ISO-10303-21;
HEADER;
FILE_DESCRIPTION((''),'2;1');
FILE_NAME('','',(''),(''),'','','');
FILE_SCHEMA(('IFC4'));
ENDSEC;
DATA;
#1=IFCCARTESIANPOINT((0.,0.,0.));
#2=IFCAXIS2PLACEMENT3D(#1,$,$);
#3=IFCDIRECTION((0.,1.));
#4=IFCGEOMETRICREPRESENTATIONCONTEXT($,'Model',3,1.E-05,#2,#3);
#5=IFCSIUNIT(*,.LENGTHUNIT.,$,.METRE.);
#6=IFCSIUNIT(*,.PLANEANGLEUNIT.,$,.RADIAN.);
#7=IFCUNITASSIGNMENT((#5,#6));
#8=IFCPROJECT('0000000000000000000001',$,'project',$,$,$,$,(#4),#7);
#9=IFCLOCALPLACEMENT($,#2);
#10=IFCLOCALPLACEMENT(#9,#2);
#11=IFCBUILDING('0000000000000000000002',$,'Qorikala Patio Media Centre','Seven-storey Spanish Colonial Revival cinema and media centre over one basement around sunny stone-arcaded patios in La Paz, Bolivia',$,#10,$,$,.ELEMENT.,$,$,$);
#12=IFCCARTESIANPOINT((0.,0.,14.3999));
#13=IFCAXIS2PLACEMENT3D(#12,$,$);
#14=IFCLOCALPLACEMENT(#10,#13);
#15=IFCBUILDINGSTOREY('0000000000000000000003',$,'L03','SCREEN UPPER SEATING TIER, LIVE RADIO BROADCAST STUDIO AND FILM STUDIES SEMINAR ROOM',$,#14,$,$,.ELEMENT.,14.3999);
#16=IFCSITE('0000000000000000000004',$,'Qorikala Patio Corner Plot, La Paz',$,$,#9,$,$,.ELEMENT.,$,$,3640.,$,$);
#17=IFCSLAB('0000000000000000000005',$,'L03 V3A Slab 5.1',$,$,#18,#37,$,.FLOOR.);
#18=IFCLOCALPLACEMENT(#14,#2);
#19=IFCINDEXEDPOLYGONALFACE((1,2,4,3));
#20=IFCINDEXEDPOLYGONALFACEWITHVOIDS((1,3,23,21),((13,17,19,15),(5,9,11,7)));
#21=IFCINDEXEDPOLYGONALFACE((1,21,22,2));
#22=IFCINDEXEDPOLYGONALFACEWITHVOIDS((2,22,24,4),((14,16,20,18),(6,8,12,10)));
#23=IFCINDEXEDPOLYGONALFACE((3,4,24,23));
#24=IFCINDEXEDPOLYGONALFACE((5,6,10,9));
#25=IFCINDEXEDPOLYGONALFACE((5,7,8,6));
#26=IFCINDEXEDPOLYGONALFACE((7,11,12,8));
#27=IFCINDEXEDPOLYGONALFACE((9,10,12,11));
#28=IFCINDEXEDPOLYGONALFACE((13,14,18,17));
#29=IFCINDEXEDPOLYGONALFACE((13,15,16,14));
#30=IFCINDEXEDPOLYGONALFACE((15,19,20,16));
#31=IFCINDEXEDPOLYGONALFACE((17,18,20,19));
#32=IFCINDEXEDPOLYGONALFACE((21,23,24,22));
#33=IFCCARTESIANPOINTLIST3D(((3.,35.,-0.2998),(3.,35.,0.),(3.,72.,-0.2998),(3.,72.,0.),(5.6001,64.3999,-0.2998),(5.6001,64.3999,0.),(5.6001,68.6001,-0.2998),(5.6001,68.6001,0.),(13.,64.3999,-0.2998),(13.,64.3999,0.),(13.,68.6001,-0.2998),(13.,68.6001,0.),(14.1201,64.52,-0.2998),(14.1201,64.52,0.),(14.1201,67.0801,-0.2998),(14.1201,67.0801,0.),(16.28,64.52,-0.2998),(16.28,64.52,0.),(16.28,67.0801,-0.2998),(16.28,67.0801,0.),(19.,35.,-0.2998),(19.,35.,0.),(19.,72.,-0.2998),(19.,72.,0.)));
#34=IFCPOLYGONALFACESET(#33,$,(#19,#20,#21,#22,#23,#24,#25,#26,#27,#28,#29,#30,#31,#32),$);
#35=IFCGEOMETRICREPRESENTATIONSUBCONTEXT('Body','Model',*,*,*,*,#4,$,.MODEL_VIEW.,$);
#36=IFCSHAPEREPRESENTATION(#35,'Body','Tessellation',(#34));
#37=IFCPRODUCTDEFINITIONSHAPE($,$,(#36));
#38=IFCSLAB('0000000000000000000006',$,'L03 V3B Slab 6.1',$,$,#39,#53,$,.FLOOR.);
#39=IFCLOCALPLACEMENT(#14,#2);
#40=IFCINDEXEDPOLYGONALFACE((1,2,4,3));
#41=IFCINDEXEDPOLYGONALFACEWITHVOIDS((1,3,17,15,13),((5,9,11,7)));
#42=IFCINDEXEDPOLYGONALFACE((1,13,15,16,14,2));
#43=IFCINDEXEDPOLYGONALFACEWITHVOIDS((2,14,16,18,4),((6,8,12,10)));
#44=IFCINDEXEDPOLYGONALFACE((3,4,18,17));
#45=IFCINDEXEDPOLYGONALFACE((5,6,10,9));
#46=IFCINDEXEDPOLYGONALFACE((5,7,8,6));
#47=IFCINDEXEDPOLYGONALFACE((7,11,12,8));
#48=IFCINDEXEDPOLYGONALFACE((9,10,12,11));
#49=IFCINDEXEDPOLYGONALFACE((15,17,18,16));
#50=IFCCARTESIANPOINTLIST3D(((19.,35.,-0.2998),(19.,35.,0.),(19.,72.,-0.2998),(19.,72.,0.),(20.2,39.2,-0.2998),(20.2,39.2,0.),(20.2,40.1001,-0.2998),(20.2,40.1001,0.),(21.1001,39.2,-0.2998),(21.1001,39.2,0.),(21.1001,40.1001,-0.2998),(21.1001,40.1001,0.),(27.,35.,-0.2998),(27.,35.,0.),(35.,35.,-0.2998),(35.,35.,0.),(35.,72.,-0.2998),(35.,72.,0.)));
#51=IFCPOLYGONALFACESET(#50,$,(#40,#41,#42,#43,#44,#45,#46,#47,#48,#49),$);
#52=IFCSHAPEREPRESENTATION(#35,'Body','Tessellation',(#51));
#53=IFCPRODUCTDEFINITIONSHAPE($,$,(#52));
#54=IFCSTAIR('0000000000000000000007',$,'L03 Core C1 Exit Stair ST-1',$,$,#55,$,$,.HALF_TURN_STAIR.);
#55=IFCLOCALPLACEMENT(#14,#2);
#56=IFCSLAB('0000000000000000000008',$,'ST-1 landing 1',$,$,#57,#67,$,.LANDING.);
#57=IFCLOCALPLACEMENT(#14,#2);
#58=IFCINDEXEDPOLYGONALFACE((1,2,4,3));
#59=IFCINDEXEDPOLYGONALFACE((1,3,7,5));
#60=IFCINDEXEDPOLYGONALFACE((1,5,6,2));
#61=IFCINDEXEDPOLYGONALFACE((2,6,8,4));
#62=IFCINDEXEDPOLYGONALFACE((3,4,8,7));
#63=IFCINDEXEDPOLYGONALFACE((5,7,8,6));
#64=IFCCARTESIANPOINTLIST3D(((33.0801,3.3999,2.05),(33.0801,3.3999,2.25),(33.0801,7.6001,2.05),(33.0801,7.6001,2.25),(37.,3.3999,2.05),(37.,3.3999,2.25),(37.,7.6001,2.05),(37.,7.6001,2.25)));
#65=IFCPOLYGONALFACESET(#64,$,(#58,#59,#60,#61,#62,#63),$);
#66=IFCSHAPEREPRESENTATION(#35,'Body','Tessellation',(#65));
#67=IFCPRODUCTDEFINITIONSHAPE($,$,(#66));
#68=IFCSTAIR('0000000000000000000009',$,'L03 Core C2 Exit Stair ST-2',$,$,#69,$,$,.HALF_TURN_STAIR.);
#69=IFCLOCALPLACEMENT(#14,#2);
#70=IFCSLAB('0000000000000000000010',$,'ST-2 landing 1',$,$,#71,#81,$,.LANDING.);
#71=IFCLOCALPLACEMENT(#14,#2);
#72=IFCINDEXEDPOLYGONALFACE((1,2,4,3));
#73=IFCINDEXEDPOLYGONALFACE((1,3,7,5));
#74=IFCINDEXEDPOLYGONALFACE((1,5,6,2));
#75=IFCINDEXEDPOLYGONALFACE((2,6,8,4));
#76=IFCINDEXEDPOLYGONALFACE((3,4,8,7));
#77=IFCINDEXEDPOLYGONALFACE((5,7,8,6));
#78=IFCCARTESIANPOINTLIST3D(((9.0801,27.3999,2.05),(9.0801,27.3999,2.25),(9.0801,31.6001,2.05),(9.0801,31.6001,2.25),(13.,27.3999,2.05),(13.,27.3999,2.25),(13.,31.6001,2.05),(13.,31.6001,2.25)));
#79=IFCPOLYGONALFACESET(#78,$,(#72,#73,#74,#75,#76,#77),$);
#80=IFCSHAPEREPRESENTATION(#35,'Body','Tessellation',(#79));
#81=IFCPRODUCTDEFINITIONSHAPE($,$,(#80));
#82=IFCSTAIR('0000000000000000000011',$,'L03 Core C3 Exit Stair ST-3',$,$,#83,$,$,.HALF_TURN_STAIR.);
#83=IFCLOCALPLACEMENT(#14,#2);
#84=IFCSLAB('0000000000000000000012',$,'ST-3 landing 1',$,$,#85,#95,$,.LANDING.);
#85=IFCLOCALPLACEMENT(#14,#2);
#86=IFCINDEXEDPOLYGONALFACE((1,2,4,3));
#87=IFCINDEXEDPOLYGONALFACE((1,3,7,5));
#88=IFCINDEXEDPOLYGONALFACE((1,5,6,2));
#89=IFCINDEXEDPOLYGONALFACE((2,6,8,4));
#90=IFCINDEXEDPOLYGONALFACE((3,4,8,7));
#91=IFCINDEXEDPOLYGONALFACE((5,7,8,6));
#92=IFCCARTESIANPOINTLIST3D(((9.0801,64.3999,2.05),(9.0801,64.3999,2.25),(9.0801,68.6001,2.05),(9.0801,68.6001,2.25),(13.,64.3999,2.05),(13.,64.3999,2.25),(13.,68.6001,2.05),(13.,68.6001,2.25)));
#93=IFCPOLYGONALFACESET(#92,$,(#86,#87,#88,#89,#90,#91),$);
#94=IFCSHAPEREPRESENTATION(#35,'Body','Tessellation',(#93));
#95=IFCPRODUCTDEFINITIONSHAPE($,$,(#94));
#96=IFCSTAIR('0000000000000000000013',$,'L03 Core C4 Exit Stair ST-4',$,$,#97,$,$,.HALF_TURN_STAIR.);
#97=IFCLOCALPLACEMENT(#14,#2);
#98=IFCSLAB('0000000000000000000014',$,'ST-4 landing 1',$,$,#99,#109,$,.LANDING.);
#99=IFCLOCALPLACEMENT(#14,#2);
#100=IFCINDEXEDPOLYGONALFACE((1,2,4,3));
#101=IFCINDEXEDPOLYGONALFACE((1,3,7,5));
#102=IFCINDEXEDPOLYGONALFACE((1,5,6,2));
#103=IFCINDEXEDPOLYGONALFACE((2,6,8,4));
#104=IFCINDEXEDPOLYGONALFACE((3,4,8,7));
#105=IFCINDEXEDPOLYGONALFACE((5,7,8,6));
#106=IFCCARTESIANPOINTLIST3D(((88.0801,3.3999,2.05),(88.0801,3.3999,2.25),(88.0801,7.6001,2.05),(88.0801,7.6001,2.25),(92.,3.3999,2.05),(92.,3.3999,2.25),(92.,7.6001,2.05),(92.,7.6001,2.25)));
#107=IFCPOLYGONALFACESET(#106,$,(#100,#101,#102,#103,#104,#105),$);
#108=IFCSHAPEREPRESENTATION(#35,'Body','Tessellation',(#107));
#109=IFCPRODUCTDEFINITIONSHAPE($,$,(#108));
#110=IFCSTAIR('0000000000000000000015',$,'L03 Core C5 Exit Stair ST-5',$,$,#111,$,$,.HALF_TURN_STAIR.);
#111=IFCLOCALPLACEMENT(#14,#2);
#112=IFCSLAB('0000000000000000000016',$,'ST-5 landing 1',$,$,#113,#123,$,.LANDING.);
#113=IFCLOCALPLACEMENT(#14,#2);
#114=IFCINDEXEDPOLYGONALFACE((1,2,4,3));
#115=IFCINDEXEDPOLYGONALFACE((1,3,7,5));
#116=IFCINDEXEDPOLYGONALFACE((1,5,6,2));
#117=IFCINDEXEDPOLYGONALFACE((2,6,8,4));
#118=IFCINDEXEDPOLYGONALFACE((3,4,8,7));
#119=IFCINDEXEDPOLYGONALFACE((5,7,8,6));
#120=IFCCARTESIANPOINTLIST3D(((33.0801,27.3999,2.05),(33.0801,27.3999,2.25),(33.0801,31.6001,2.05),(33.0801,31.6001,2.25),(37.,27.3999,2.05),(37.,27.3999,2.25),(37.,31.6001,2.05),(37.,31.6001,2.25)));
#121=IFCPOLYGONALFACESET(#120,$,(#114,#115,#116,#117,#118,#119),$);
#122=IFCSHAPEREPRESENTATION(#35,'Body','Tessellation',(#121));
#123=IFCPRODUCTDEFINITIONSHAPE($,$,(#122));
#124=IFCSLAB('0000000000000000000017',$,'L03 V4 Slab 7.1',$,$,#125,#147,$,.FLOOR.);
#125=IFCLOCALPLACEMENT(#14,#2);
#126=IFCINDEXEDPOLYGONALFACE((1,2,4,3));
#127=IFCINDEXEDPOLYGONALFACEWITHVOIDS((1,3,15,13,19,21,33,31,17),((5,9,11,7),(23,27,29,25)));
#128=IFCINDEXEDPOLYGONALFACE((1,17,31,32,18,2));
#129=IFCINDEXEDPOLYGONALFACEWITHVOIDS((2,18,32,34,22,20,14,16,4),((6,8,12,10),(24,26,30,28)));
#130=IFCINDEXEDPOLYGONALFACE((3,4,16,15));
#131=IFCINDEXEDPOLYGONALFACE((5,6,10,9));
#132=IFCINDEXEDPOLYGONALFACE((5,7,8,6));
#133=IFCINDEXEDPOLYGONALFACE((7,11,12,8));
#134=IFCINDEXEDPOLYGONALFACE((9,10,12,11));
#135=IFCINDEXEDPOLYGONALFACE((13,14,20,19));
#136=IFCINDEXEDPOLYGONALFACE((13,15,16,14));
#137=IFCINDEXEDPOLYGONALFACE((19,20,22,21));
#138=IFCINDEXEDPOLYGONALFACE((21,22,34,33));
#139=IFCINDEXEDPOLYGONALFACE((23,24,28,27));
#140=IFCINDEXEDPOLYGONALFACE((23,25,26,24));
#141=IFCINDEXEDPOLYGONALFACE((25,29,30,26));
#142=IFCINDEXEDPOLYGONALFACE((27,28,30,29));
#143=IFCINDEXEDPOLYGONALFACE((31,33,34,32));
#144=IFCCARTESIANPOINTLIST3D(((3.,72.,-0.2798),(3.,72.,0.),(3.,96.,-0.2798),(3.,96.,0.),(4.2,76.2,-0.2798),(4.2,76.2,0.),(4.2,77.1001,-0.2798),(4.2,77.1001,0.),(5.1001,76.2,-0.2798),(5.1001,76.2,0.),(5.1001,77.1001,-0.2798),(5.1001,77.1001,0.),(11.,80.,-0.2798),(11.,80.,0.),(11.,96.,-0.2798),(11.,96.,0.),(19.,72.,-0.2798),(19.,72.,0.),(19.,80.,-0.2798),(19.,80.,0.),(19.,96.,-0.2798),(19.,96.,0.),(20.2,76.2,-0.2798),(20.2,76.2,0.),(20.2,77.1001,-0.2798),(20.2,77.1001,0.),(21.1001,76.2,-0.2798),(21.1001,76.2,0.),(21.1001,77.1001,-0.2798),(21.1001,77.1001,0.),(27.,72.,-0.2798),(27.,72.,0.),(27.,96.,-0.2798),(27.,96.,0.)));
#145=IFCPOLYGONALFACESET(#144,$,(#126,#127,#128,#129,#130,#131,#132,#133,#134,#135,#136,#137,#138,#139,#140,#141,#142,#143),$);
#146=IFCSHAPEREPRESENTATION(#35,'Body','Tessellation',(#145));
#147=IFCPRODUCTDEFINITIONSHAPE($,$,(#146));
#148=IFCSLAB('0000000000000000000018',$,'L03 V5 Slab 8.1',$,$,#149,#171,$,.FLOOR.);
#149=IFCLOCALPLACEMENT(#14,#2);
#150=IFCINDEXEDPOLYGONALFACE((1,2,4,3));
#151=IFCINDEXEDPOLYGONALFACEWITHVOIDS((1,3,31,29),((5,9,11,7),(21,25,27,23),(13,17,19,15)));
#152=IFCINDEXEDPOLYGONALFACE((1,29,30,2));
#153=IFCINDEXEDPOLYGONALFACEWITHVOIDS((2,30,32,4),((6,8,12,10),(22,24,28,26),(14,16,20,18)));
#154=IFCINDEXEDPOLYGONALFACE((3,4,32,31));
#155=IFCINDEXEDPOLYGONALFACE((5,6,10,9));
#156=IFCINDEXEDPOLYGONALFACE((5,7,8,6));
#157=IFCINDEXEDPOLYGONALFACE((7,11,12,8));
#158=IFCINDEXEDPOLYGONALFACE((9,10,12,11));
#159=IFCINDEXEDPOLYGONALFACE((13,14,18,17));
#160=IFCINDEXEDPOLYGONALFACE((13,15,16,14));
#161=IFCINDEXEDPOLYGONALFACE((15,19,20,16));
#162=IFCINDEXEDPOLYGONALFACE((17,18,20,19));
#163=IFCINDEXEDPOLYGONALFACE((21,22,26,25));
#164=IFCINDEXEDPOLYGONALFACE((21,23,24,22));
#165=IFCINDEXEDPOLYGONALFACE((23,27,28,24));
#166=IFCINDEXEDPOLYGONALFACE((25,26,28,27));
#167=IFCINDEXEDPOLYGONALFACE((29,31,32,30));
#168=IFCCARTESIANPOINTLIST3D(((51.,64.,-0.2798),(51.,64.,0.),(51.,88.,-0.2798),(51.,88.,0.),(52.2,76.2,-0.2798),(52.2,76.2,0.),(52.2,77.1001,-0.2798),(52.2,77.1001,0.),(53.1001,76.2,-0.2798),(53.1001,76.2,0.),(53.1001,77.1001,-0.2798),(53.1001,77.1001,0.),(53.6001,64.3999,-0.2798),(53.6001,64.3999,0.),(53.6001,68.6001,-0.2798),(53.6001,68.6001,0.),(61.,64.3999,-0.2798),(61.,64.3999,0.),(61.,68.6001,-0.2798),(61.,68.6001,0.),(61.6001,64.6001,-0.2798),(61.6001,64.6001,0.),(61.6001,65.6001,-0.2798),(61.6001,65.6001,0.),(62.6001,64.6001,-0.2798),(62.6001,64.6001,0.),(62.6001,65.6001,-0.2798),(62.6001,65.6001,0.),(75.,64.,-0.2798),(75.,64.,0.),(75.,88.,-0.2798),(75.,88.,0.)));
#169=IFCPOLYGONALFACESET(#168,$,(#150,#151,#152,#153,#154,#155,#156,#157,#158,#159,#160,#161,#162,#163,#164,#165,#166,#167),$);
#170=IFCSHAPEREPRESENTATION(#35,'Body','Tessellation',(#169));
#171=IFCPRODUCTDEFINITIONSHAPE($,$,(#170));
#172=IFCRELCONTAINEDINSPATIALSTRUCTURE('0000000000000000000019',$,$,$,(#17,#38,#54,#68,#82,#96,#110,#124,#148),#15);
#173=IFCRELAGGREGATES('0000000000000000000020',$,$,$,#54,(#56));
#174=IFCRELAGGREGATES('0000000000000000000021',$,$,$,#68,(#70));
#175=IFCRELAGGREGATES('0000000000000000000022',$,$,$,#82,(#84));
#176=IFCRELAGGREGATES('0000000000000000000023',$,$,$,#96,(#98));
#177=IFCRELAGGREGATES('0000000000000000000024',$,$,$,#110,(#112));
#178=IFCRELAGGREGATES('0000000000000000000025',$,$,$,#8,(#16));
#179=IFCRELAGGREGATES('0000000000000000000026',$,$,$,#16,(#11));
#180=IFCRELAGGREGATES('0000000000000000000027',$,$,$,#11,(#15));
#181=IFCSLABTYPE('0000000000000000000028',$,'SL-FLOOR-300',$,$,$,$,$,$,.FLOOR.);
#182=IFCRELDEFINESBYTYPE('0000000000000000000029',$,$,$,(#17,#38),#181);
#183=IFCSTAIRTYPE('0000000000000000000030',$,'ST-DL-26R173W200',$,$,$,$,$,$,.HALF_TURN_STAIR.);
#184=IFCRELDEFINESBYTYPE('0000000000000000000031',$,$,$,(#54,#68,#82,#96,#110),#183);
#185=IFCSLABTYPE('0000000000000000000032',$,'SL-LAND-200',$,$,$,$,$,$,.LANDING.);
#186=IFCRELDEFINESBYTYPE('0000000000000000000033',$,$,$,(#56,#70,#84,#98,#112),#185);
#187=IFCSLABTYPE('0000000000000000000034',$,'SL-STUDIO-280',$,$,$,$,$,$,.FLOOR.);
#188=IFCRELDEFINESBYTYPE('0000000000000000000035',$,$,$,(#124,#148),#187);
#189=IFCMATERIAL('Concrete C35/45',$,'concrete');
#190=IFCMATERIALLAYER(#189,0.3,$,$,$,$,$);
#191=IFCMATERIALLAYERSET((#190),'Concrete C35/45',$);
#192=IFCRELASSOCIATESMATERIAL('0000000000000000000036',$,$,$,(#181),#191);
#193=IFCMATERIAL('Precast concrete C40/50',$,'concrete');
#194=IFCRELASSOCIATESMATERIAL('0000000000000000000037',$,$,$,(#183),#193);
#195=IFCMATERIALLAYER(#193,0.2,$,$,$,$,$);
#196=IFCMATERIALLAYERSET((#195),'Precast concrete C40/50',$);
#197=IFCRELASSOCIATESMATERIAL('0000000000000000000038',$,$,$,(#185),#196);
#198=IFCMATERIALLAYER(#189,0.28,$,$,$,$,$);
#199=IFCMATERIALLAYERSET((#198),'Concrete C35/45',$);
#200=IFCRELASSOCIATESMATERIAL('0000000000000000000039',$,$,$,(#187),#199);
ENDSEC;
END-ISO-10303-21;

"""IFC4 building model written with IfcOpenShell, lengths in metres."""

from ifc_helpers import new_model, si_unit, direction, frame, origin, place, context, subcontext, project, spatial, polyline, outline, extrude, material, layer, layer_set, type_object, element, aggregate, save


model = new_model("IFC4")

# Units and contexts
model_context = context("Model", 3, precision=1e-05, world=origin(), true_north=direction((0.0, 1.0)))
body_context = subcontext(model_context, "Body", "Model", "MODEL_VIEW")
ifc_project = project(units=[si_unit("LENGTHUNIT", "METRE"), si_unit("PLANEANGLEUNIT", "RADIAN")], contexts=[model_context])

# Site, building, storey
site_placement = place(None, origin())
site = spatial("IfcSite", under=ifc_project, at=site_placement, Name="Qorikala Patio Corner Plot, La Paz", CompositionType="ELEMENT", RefElevation=3640.0)
building_placement = place(site_placement, origin())
building = spatial("IfcBuilding", under=site, at=building_placement, Name="Qorikala Patio Media Centre", Description="Seven-storey Spanish Colonial Revival cinema and media centre over one basement around sunny stone-arcaded patios in La Paz, Bolivia", CompositionType="ELEMENT")
storey_placement = place(building_placement, frame((0.0, 0.0, 14.3999)))
storey = spatial("IfcBuildingStorey", under=building, at=storey_placement, Name="L03", Description="SCREEN UPPER SEATING TIER, LIVE RADIO BROADCAST STUDIO AND FILM STUDIES SEMINAR ROOM", CompositionType="ELEMENT", Elevation=14.3999)

# Shared definitions
ifc_material_1 = material(Name="Concrete C35/45", Category="concrete")

# Slabs
ifc_layer_1 = layer(ifc_material_1, 0.3)
ifc_layer_set_1 = layer_set([ifc_layer_1], Name="Concrete C35/45")
slab_type_1 = type_object("IfcSlabType", Name="SL-FLOOR-300", PredefinedType="FLOOR", material=ifc_layer_set_1)
slab_1_placement = place(storey_placement, frame((0.0, 0.0, -0.2998)))
element("IfcSlab", 1, at=slab_1_placement, inside=storey, type_object=slab_type_1, Name="L03 V3A Slab 5.1", PredefinedType="FLOOR", context=body_context, shape_type="SweptSolid", body=[
    extrude(outline(polyline([(19.0, 72.0), (19.0, 35.0), (3.0, 35.0), (3.0, 72.0), (19.0, 72.0)]), holes=[polyline([(14.1201, 64.52), (16.28, 64.52), (16.28, 67.0801), (14.1201, 67.0801), (14.1201, 64.52)]), polyline([(13.0, 64.3999), (13.0, 68.6001), (5.6001, 68.6001), (5.6001, 64.3999), (13.0, 64.3999)])]), origin(), (0.0, 0.0, 1.0), 0.2998),
])
slab_2_placement = place(storey_placement, frame((0.0, 0.0, -0.2998)))
element("IfcSlab", 2, at=slab_2_placement, inside=storey, type_object=slab_type_1, Name="L03 V3B Slab 6.1", PredefinedType="FLOOR", context=body_context, shape_type="SweptSolid", body=[
    extrude(outline(polyline([(35.0, 35.0), (27.0, 35.0), (19.0, 35.0), (19.0, 72.0), (35.0, 72.0), (35.0, 35.0)]), holes=[polyline([(20.2, 39.2), (21.1001, 39.2), (21.1001, 40.1001), (20.2, 40.1001), (20.2, 39.2)])]), origin(), (0.0, 0.0, 1.0), 0.2998),
])

# Stairs, slabs
ifc_material_2 = material(Name="Precast concrete C40/50", Category="concrete")
stair_type = type_object("IfcStairType", Name="ST-DL-26R173W200", PredefinedType="HALF_TURN_STAIR", material=ifc_material_2)
stair_1_placement = place(storey_placement, origin())
stair_1 = element("IfcStair", 3, at=stair_1_placement, inside=storey, type_object=stair_type, Name="L03 Core C1 Exit Stair ST-1", PredefinedType="HALF_TURN_STAIR")
ifc_layer_2 = layer(ifc_material_2, 0.2)
ifc_layer_set_2 = layer_set([ifc_layer_2], Name="Precast concrete C40/50")
slab_type_2 = type_object("IfcSlabType", Name="SL-LAND-200", PredefinedType="LANDING", material=ifc_layer_set_2)
slab_3_placement = place(storey_placement, frame((0.0, 0.0, 2.05)))
slab_3 = element("IfcSlab", 4, at=slab_3_placement, type_object=slab_type_2, Name="ST-1 landing 1", PredefinedType="LANDING", context=body_context, shape_type="SweptSolid", body=[
    extrude(outline(polyline([(33.0801, 3.3999), (37.0, 3.3999), (37.0, 7.6001), (33.0801, 7.6001), (33.0801, 3.3999)])), origin(), (0.0, 0.0, 1.0), 0.2),
])
aggregate(stair_1, [slab_3])
stair_2_placement = place(storey_placement, origin())
stair_2 = element("IfcStair", 5, at=stair_2_placement, inside=storey, type_object=stair_type, Name="L03 Core C2 Exit Stair ST-2", PredefinedType="HALF_TURN_STAIR")
slab_4_placement = place(storey_placement, frame((0.0, 0.0, 2.05)))
slab_4 = element("IfcSlab", 6, at=slab_4_placement, type_object=slab_type_2, Name="ST-2 landing 1", PredefinedType="LANDING", context=body_context, shape_type="SweptSolid", body=[
    extrude(outline(polyline([(9.0801, 27.3999), (13.0, 27.3999), (13.0, 31.6001), (9.0801, 31.6001), (9.0801, 27.3999)])), origin(), (0.0, 0.0, 1.0), 0.2),
])
aggregate(stair_2, [slab_4])
stair_3_placement = place(storey_placement, origin())
stair_3 = element("IfcStair", 7, at=stair_3_placement, inside=storey, type_object=stair_type, Name="L03 Core C3 Exit Stair ST-3", PredefinedType="HALF_TURN_STAIR")
slab_5_placement = place(storey_placement, frame((0.0, 0.0, 2.05)))
slab_5 = element("IfcSlab", 8, at=slab_5_placement, type_object=slab_type_2, Name="ST-3 landing 1", PredefinedType="LANDING", context=body_context, shape_type="SweptSolid", body=[
    extrude(outline(polyline([(9.0801, 64.3999), (13.0, 64.3999), (13.0, 68.6001), (9.0801, 68.6001), (9.0801, 64.3999)])), origin(), (0.0, 0.0, 1.0), 0.2),
])
aggregate(stair_3, [slab_5])
stair_4_placement = place(storey_placement, origin())
stair_4 = element("IfcStair", 9, at=stair_4_placement, inside=storey, type_object=stair_type, Name="L03 Core C4 Exit Stair ST-4", PredefinedType="HALF_TURN_STAIR")
slab_6_placement = place(storey_placement, frame((0.0, 0.0, 2.05)))
slab_6 = element("IfcSlab", 10, at=slab_6_placement, type_object=slab_type_2, Name="ST-4 landing 1", PredefinedType="LANDING", context=body_context, shape_type="SweptSolid", body=[
    extrude(outline(polyline([(88.0801, 3.3999), (92.0, 3.3999), (92.0, 7.6001), (88.0801, 7.6001), (88.0801, 3.3999)])), origin(), (0.0, 0.0, 1.0), 0.2),
])
aggregate(stair_4, [slab_6])
stair_5_placement = place(storey_placement, origin())
stair_5 = element("IfcStair", 11, at=stair_5_placement, inside=storey, type_object=stair_type, Name="L03 Core C5 Exit Stair ST-5", PredefinedType="HALF_TURN_STAIR")
slab_7_placement = place(storey_placement, frame((0.0, 0.0, 2.05)))
slab_7 = element("IfcSlab", 12, at=slab_7_placement, type_object=slab_type_2, Name="ST-5 landing 1", PredefinedType="LANDING", context=body_context, shape_type="SweptSolid", body=[
    extrude(outline(polyline([(33.0801, 27.3999), (37.0, 27.3999), (37.0, 31.6001), (33.0801, 31.6001), (33.0801, 27.3999)])), origin(), (0.0, 0.0, 1.0), 0.2),
])
aggregate(stair_5, [slab_7])

# Slabs
ifc_layer_3 = layer(ifc_material_1, 0.28)
ifc_layer_set_3 = layer_set([ifc_layer_3], Name="Concrete C35/45")
slab_type_3 = type_object("IfcSlabType", Name="SL-STUDIO-280", PredefinedType="FLOOR", material=ifc_layer_set_3)
slab_8_placement = place(storey_placement, frame((0.0, 0.0, -0.2798)))
element("IfcSlab", 13, at=slab_8_placement, inside=storey, type_object=slab_type_3, Name="L03 V4 Slab 7.1", PredefinedType="FLOOR", context=body_context, shape_type="SweptSolid", body=[
    extrude(outline(polyline([(11.0, 96.0), (11.0, 80.0), (19.0, 80.0), (19.0, 96.0), (27.0, 96.0), (27.0, 72.0), (19.0, 72.0), (3.0, 72.0), (3.0, 96.0), (11.0, 96.0)]), holes=[polyline([(4.2, 76.2), (5.1001, 76.2), (5.1001, 77.1001), (4.2, 77.1001), (4.2, 76.2)]), polyline([(20.2, 76.2), (21.1001, 76.2), (21.1001, 77.1001), (20.2, 77.1001), (20.2, 76.2)])]), origin(), (0.0, 0.0, 1.0), 0.2798),
])
slab_9_placement = place(storey_placement, frame((0.0, 0.0, -0.2798)))
element("IfcSlab", 14, at=slab_9_placement, inside=storey, type_object=slab_type_3, Name="L03 V5 Slab 8.1", PredefinedType="FLOOR", context=body_context, shape_type="SweptSolid", body=[
    extrude(outline(polyline([(51.0, 88.0), (75.0, 88.0), (75.0, 64.0), (51.0, 64.0), (51.0, 88.0)]), holes=[polyline([(62.6001, 64.6001), (62.6001, 65.6001), (61.6001, 65.6001), (61.6001, 64.6001), (62.6001, 64.6001)]), polyline([(53.6001, 64.3999), (61.0, 64.3999), (61.0, 68.6001), (53.6001, 68.6001), (53.6001, 64.3999)]), polyline([(52.2, 76.2), (53.1001, 76.2), (53.1001, 77.1001), (52.2, 77.1001), (52.2, 76.2)])]), origin(), (0.0, 0.0, 1.0), 0.2798),
])

save(model, "model.ifc")
